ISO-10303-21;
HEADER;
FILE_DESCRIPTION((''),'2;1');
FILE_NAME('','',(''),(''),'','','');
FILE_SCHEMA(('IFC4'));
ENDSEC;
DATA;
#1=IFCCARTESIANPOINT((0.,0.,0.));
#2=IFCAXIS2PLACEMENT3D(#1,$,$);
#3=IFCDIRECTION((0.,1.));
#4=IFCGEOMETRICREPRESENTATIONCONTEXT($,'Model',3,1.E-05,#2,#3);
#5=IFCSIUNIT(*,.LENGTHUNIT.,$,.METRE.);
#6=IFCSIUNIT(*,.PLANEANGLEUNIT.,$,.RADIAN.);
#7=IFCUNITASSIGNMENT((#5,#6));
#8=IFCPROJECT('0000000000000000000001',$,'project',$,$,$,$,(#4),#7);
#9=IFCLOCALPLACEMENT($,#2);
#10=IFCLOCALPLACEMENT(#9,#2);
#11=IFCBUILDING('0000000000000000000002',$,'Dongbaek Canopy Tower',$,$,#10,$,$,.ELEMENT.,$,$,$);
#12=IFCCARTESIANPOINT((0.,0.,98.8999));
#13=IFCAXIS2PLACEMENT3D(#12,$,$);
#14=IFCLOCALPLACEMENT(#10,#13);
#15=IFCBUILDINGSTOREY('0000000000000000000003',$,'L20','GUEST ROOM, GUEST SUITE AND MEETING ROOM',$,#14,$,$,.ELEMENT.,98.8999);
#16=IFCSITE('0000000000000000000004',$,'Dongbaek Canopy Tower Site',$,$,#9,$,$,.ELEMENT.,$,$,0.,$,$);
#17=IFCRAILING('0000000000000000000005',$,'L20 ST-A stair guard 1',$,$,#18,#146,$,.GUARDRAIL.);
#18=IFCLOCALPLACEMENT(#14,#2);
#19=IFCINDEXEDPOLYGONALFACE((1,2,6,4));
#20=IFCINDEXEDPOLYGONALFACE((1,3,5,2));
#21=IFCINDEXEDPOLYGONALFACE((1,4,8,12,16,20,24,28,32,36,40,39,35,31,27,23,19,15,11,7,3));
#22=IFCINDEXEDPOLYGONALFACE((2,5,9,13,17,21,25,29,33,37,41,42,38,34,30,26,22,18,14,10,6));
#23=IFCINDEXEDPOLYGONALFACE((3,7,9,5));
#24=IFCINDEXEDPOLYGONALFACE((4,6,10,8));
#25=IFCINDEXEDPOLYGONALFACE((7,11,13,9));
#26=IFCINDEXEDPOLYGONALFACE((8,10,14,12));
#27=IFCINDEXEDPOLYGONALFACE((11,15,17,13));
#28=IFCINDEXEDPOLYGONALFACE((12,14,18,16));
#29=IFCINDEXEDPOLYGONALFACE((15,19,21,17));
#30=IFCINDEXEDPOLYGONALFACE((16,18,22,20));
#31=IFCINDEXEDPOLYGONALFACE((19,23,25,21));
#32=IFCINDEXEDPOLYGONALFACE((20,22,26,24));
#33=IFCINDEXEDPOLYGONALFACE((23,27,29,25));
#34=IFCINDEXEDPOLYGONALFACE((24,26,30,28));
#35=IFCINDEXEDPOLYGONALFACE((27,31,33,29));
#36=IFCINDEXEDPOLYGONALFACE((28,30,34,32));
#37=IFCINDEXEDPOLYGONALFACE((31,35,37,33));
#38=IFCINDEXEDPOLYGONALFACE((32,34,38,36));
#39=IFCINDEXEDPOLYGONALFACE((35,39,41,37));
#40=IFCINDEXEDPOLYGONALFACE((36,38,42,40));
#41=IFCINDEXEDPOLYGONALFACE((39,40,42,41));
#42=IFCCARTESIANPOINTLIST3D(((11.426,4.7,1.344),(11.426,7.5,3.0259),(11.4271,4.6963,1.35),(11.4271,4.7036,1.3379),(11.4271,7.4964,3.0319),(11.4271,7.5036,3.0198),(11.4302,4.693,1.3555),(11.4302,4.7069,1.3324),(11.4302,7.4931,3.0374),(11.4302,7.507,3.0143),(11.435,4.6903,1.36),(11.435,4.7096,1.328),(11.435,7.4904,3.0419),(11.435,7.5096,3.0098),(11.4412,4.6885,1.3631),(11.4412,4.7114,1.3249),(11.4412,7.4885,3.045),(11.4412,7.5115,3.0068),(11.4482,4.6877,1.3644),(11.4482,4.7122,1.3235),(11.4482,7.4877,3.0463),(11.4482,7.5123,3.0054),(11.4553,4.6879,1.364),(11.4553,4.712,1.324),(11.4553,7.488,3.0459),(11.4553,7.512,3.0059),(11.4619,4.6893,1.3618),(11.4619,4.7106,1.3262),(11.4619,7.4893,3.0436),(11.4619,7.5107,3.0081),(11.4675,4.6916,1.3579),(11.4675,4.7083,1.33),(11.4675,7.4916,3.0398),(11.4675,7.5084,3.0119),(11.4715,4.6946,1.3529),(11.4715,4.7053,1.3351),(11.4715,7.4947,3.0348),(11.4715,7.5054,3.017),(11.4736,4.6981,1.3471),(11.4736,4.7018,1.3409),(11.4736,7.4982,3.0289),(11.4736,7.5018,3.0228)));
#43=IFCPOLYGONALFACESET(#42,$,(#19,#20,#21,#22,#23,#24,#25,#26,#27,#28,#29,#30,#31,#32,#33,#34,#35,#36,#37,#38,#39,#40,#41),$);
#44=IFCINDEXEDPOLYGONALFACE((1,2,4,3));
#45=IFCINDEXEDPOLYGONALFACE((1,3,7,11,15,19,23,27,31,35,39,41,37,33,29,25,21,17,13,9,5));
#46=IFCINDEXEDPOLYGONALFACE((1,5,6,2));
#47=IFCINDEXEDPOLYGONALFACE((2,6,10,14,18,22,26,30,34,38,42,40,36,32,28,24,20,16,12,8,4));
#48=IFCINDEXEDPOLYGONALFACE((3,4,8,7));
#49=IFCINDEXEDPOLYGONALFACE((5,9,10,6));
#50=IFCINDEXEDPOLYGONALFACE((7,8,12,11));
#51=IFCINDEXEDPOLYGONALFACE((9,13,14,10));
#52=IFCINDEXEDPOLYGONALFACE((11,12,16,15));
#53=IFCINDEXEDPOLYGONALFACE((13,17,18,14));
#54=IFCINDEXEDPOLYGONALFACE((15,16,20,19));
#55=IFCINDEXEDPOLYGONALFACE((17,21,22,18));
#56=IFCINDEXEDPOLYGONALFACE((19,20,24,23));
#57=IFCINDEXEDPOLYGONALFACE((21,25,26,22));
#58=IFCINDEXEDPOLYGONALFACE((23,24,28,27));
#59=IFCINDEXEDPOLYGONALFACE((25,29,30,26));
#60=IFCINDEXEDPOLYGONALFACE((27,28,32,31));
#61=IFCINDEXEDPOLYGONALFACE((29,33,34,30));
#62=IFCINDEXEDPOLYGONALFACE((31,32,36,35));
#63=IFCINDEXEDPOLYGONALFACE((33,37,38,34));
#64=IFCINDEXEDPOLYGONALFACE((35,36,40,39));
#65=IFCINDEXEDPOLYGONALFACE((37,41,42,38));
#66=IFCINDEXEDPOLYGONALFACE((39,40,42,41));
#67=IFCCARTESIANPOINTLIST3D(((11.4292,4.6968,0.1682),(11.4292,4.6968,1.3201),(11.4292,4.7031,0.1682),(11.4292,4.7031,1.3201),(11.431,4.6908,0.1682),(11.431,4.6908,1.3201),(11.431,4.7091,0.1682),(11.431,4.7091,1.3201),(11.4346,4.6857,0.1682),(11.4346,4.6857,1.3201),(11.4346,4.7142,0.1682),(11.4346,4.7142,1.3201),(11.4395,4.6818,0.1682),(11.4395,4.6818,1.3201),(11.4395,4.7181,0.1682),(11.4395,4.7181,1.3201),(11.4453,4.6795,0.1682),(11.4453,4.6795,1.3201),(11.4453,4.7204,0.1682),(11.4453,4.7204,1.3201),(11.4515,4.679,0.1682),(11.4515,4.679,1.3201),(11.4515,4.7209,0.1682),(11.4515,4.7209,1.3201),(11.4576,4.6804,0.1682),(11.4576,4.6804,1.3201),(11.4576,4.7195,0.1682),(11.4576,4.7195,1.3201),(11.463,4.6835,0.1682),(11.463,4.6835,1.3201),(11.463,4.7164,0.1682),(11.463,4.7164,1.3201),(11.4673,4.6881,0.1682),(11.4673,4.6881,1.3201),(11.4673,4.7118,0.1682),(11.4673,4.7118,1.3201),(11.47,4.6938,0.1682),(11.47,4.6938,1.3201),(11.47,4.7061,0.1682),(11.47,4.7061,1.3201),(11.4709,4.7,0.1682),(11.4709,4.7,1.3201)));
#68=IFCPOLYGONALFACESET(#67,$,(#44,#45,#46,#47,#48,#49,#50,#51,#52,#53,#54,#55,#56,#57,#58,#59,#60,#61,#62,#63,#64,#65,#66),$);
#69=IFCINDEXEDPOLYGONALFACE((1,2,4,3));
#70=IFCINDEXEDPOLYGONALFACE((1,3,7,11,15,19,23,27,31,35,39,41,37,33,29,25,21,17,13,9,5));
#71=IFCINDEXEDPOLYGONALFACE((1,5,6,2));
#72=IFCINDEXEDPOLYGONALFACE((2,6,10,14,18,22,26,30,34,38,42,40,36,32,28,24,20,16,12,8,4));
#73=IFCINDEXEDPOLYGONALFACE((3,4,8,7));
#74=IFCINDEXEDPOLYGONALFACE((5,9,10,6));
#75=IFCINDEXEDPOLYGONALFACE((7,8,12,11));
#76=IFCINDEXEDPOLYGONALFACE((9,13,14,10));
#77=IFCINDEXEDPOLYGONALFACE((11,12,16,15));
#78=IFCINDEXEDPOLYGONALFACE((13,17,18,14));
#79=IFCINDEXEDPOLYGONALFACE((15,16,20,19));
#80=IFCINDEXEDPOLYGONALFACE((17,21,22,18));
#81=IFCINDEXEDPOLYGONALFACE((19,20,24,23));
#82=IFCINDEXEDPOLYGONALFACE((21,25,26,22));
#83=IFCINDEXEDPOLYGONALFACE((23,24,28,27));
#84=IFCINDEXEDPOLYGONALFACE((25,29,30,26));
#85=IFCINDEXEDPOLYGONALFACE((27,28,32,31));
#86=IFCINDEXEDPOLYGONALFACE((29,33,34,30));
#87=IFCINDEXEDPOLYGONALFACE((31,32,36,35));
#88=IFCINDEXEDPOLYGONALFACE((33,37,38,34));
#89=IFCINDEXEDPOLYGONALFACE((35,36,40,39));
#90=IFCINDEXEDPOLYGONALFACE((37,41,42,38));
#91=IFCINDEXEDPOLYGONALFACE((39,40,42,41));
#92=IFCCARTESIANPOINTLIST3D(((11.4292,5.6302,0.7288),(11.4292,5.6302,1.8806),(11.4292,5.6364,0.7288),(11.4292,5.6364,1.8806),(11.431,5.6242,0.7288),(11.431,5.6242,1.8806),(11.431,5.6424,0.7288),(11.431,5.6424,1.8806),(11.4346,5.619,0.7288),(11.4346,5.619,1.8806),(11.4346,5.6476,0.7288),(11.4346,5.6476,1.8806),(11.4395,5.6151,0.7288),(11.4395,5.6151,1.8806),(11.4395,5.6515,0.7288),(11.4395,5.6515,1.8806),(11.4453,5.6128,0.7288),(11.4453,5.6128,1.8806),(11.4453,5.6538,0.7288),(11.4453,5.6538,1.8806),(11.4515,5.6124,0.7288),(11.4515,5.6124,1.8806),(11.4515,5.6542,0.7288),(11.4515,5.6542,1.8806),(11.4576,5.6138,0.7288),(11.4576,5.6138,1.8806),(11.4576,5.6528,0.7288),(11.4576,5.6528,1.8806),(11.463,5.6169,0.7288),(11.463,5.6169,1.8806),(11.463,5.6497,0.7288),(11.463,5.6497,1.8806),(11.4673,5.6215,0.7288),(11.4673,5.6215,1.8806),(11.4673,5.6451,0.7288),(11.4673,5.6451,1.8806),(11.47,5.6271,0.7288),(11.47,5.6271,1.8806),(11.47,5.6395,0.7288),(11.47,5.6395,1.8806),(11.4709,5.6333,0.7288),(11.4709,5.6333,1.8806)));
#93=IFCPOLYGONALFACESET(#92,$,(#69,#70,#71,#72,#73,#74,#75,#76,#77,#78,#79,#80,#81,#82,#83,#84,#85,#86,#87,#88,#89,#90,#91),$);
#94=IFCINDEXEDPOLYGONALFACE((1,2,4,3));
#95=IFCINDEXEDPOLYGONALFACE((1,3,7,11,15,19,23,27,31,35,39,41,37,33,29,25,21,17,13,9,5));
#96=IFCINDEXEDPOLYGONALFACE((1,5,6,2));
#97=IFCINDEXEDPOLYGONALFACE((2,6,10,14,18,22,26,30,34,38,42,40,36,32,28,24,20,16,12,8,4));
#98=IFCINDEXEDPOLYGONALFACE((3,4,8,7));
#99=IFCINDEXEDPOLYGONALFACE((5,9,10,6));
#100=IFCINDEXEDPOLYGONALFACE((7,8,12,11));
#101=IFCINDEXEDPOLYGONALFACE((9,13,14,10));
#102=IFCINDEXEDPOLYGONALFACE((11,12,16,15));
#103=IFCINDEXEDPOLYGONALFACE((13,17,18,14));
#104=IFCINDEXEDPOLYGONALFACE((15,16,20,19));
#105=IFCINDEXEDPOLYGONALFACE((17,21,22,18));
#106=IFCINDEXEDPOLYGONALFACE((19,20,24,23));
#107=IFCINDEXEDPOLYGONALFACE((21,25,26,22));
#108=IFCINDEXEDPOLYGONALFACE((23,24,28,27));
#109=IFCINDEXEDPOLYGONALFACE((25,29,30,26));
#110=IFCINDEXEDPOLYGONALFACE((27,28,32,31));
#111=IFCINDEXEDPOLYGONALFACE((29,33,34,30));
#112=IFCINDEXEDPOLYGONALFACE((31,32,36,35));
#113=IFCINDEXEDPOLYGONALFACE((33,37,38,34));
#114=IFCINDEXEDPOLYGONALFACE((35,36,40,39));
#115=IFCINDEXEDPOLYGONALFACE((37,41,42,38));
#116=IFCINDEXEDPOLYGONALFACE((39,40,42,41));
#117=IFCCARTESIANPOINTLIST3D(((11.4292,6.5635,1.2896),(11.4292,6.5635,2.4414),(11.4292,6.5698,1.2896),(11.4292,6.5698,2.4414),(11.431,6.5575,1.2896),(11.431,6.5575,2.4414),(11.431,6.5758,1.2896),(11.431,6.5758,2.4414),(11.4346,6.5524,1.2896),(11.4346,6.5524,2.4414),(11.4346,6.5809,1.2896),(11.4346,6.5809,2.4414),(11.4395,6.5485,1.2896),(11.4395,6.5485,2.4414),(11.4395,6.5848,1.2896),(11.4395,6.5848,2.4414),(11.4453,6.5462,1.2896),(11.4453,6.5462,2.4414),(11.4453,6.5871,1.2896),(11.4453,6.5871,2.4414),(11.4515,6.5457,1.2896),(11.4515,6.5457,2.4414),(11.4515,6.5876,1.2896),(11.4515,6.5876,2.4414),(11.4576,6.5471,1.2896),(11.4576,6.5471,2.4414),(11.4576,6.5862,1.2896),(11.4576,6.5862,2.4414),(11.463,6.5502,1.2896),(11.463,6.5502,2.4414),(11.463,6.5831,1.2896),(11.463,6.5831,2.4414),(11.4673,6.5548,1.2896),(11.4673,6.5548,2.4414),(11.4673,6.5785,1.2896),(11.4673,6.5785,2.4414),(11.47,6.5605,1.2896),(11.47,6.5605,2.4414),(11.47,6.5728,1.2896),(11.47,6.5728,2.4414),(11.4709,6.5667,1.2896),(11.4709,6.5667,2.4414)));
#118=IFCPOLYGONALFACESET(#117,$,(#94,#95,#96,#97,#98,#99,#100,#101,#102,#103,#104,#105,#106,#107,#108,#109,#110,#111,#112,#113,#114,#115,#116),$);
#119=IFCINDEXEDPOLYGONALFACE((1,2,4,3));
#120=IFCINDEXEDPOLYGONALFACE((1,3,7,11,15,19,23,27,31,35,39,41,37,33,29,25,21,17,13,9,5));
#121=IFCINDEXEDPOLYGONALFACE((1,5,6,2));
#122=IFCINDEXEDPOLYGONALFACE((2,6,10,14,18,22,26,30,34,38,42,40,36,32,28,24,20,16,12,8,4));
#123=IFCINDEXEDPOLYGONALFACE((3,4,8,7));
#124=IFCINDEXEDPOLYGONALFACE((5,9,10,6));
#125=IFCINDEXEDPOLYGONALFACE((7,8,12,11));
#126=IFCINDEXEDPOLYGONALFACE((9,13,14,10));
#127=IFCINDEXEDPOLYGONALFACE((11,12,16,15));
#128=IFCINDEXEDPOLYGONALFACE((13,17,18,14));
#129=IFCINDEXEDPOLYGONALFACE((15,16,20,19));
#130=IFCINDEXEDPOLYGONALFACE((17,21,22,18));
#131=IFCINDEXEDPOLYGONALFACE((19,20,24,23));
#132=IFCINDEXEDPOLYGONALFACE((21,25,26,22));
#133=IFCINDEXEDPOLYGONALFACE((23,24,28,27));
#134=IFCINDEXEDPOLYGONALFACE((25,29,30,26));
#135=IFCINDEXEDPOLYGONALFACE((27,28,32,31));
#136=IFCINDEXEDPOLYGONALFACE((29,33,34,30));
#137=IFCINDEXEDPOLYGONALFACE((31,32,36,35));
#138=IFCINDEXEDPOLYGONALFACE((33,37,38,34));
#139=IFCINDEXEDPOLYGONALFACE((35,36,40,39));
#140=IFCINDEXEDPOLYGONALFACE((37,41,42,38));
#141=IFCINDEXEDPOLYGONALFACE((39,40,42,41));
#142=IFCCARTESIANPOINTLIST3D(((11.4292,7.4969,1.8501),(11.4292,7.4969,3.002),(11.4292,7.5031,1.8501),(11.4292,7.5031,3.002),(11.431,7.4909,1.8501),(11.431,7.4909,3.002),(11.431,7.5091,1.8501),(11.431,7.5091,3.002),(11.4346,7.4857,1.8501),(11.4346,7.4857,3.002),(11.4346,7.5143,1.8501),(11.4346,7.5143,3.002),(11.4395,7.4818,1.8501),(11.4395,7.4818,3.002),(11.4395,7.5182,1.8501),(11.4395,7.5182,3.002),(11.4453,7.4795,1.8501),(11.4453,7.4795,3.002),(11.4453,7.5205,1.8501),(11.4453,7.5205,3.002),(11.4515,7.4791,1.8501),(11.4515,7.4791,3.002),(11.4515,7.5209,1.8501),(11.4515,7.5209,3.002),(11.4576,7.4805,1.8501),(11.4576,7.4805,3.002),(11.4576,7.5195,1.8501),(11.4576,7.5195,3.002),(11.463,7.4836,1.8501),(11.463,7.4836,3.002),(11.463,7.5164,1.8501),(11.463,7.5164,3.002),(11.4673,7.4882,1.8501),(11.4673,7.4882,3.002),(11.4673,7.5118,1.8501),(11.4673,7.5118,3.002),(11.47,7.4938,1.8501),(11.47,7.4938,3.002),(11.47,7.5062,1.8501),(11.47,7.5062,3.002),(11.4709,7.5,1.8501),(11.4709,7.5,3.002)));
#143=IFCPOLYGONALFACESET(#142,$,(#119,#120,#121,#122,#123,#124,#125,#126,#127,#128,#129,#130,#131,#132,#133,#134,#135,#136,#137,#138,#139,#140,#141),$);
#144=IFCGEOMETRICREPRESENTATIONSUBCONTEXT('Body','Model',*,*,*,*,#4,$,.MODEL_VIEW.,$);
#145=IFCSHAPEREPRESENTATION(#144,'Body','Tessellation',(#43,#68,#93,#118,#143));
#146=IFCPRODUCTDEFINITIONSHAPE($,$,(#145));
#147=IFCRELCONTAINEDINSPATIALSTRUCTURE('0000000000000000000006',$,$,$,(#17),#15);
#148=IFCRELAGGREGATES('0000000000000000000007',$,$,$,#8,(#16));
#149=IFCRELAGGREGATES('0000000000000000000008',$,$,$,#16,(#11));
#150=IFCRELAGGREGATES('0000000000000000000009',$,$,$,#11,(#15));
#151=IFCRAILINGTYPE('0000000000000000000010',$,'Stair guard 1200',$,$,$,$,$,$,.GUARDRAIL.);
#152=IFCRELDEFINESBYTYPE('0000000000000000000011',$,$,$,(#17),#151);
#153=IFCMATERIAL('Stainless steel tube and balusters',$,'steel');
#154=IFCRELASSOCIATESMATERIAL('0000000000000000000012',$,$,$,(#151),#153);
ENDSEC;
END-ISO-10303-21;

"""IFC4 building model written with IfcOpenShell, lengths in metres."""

from ifc_helpers import new_model, si_unit, direction, frame, origin, origin_2d, place, context, subcontext, project, spatial, circle, extrude, material, type_object, element, save


model = new_model("IFC4")

# Units and contexts
model_context = context("Model", 3, precision=1e-05, world=origin(), true_north=direction((0.0, 1.0)))
body_context = subcontext(model_context, "Body", "Model", "MODEL_VIEW")
ifc_project = project(units=[si_unit("LENGTHUNIT", "METRE"), si_unit("PLANEANGLEUNIT", "RADIAN")], contexts=[model_context])

# Site, building, storey
site_placement = place(None, origin())
site = spatial("IfcSite", under=ifc_project, at=site_placement, Name="Dongbaek Canopy Tower Site", CompositionType="ELEMENT", RefElevation=0.0)
building_placement = place(site_placement, origin())
building = spatial("IfcBuilding", under=site, at=building_placement, Name="Dongbaek Canopy Tower", CompositionType="ELEMENT")
storey_placement = place(building_placement, frame((0.0, 0.0, 98.8999)))
storey = spatial("IfcBuildingStorey", under=building, at=storey_placement, Name="L20", Description="GUEST ROOM, GUEST SUITE AND MEETING ROOM", CompositionType="ELEMENT", Elevation=98.8999)

# Railing
ifc_material_1 = material(Name="Stainless steel tube and balusters", Category="steel")
railing_type_1 = type_object("IfcRailingType", Name="Stair guard 1200", PredefinedType="GUARDRAIL", material=ifc_material_1)
railing_1_placement = place(storey_placement, frame((11.45, 4.7, 0.1682)))
element("IfcRailing", 1, at=railing_1_placement, inside=storey, type_object=railing_type_1, Name="L20 ST-A stair guard 1", PredefinedType="GUARDRAIL", context=body_context, shape_type="SweptSolid", body=[
    extrude(circle(Radius=0.0239, at=origin_2d()), frame((0.0, 0.0, 1.1758), z_axis=(0.0, 0.857242, 0.514913), x_axis=(-1.0, 0.0, 0.0)), (0.0, 0.0, 1.0), 3.2664),
    extrude(circle(Radius=0.021, at=origin_2d()), origin(), (0.0, 0.0, 1.0), 1.1519),
    extrude(circle(Radius=0.021, at=origin_2d()), frame((0.0, 0.9333, 0.5605)), (0.0, 0.0, 1.0), 1.1519),
    extrude(circle(Radius=0.021, at=origin_2d()), frame((0.0, 1.8667, 1.1213)), (0.0, 0.0, 1.0), 1.1519),
    extrude(circle(Radius=0.021, at=origin_2d()), frame((0.0, 2.8, 1.6819)), (0.0, 0.0, 1.0), 1.1519),
])

save(model, "model.ifc")
